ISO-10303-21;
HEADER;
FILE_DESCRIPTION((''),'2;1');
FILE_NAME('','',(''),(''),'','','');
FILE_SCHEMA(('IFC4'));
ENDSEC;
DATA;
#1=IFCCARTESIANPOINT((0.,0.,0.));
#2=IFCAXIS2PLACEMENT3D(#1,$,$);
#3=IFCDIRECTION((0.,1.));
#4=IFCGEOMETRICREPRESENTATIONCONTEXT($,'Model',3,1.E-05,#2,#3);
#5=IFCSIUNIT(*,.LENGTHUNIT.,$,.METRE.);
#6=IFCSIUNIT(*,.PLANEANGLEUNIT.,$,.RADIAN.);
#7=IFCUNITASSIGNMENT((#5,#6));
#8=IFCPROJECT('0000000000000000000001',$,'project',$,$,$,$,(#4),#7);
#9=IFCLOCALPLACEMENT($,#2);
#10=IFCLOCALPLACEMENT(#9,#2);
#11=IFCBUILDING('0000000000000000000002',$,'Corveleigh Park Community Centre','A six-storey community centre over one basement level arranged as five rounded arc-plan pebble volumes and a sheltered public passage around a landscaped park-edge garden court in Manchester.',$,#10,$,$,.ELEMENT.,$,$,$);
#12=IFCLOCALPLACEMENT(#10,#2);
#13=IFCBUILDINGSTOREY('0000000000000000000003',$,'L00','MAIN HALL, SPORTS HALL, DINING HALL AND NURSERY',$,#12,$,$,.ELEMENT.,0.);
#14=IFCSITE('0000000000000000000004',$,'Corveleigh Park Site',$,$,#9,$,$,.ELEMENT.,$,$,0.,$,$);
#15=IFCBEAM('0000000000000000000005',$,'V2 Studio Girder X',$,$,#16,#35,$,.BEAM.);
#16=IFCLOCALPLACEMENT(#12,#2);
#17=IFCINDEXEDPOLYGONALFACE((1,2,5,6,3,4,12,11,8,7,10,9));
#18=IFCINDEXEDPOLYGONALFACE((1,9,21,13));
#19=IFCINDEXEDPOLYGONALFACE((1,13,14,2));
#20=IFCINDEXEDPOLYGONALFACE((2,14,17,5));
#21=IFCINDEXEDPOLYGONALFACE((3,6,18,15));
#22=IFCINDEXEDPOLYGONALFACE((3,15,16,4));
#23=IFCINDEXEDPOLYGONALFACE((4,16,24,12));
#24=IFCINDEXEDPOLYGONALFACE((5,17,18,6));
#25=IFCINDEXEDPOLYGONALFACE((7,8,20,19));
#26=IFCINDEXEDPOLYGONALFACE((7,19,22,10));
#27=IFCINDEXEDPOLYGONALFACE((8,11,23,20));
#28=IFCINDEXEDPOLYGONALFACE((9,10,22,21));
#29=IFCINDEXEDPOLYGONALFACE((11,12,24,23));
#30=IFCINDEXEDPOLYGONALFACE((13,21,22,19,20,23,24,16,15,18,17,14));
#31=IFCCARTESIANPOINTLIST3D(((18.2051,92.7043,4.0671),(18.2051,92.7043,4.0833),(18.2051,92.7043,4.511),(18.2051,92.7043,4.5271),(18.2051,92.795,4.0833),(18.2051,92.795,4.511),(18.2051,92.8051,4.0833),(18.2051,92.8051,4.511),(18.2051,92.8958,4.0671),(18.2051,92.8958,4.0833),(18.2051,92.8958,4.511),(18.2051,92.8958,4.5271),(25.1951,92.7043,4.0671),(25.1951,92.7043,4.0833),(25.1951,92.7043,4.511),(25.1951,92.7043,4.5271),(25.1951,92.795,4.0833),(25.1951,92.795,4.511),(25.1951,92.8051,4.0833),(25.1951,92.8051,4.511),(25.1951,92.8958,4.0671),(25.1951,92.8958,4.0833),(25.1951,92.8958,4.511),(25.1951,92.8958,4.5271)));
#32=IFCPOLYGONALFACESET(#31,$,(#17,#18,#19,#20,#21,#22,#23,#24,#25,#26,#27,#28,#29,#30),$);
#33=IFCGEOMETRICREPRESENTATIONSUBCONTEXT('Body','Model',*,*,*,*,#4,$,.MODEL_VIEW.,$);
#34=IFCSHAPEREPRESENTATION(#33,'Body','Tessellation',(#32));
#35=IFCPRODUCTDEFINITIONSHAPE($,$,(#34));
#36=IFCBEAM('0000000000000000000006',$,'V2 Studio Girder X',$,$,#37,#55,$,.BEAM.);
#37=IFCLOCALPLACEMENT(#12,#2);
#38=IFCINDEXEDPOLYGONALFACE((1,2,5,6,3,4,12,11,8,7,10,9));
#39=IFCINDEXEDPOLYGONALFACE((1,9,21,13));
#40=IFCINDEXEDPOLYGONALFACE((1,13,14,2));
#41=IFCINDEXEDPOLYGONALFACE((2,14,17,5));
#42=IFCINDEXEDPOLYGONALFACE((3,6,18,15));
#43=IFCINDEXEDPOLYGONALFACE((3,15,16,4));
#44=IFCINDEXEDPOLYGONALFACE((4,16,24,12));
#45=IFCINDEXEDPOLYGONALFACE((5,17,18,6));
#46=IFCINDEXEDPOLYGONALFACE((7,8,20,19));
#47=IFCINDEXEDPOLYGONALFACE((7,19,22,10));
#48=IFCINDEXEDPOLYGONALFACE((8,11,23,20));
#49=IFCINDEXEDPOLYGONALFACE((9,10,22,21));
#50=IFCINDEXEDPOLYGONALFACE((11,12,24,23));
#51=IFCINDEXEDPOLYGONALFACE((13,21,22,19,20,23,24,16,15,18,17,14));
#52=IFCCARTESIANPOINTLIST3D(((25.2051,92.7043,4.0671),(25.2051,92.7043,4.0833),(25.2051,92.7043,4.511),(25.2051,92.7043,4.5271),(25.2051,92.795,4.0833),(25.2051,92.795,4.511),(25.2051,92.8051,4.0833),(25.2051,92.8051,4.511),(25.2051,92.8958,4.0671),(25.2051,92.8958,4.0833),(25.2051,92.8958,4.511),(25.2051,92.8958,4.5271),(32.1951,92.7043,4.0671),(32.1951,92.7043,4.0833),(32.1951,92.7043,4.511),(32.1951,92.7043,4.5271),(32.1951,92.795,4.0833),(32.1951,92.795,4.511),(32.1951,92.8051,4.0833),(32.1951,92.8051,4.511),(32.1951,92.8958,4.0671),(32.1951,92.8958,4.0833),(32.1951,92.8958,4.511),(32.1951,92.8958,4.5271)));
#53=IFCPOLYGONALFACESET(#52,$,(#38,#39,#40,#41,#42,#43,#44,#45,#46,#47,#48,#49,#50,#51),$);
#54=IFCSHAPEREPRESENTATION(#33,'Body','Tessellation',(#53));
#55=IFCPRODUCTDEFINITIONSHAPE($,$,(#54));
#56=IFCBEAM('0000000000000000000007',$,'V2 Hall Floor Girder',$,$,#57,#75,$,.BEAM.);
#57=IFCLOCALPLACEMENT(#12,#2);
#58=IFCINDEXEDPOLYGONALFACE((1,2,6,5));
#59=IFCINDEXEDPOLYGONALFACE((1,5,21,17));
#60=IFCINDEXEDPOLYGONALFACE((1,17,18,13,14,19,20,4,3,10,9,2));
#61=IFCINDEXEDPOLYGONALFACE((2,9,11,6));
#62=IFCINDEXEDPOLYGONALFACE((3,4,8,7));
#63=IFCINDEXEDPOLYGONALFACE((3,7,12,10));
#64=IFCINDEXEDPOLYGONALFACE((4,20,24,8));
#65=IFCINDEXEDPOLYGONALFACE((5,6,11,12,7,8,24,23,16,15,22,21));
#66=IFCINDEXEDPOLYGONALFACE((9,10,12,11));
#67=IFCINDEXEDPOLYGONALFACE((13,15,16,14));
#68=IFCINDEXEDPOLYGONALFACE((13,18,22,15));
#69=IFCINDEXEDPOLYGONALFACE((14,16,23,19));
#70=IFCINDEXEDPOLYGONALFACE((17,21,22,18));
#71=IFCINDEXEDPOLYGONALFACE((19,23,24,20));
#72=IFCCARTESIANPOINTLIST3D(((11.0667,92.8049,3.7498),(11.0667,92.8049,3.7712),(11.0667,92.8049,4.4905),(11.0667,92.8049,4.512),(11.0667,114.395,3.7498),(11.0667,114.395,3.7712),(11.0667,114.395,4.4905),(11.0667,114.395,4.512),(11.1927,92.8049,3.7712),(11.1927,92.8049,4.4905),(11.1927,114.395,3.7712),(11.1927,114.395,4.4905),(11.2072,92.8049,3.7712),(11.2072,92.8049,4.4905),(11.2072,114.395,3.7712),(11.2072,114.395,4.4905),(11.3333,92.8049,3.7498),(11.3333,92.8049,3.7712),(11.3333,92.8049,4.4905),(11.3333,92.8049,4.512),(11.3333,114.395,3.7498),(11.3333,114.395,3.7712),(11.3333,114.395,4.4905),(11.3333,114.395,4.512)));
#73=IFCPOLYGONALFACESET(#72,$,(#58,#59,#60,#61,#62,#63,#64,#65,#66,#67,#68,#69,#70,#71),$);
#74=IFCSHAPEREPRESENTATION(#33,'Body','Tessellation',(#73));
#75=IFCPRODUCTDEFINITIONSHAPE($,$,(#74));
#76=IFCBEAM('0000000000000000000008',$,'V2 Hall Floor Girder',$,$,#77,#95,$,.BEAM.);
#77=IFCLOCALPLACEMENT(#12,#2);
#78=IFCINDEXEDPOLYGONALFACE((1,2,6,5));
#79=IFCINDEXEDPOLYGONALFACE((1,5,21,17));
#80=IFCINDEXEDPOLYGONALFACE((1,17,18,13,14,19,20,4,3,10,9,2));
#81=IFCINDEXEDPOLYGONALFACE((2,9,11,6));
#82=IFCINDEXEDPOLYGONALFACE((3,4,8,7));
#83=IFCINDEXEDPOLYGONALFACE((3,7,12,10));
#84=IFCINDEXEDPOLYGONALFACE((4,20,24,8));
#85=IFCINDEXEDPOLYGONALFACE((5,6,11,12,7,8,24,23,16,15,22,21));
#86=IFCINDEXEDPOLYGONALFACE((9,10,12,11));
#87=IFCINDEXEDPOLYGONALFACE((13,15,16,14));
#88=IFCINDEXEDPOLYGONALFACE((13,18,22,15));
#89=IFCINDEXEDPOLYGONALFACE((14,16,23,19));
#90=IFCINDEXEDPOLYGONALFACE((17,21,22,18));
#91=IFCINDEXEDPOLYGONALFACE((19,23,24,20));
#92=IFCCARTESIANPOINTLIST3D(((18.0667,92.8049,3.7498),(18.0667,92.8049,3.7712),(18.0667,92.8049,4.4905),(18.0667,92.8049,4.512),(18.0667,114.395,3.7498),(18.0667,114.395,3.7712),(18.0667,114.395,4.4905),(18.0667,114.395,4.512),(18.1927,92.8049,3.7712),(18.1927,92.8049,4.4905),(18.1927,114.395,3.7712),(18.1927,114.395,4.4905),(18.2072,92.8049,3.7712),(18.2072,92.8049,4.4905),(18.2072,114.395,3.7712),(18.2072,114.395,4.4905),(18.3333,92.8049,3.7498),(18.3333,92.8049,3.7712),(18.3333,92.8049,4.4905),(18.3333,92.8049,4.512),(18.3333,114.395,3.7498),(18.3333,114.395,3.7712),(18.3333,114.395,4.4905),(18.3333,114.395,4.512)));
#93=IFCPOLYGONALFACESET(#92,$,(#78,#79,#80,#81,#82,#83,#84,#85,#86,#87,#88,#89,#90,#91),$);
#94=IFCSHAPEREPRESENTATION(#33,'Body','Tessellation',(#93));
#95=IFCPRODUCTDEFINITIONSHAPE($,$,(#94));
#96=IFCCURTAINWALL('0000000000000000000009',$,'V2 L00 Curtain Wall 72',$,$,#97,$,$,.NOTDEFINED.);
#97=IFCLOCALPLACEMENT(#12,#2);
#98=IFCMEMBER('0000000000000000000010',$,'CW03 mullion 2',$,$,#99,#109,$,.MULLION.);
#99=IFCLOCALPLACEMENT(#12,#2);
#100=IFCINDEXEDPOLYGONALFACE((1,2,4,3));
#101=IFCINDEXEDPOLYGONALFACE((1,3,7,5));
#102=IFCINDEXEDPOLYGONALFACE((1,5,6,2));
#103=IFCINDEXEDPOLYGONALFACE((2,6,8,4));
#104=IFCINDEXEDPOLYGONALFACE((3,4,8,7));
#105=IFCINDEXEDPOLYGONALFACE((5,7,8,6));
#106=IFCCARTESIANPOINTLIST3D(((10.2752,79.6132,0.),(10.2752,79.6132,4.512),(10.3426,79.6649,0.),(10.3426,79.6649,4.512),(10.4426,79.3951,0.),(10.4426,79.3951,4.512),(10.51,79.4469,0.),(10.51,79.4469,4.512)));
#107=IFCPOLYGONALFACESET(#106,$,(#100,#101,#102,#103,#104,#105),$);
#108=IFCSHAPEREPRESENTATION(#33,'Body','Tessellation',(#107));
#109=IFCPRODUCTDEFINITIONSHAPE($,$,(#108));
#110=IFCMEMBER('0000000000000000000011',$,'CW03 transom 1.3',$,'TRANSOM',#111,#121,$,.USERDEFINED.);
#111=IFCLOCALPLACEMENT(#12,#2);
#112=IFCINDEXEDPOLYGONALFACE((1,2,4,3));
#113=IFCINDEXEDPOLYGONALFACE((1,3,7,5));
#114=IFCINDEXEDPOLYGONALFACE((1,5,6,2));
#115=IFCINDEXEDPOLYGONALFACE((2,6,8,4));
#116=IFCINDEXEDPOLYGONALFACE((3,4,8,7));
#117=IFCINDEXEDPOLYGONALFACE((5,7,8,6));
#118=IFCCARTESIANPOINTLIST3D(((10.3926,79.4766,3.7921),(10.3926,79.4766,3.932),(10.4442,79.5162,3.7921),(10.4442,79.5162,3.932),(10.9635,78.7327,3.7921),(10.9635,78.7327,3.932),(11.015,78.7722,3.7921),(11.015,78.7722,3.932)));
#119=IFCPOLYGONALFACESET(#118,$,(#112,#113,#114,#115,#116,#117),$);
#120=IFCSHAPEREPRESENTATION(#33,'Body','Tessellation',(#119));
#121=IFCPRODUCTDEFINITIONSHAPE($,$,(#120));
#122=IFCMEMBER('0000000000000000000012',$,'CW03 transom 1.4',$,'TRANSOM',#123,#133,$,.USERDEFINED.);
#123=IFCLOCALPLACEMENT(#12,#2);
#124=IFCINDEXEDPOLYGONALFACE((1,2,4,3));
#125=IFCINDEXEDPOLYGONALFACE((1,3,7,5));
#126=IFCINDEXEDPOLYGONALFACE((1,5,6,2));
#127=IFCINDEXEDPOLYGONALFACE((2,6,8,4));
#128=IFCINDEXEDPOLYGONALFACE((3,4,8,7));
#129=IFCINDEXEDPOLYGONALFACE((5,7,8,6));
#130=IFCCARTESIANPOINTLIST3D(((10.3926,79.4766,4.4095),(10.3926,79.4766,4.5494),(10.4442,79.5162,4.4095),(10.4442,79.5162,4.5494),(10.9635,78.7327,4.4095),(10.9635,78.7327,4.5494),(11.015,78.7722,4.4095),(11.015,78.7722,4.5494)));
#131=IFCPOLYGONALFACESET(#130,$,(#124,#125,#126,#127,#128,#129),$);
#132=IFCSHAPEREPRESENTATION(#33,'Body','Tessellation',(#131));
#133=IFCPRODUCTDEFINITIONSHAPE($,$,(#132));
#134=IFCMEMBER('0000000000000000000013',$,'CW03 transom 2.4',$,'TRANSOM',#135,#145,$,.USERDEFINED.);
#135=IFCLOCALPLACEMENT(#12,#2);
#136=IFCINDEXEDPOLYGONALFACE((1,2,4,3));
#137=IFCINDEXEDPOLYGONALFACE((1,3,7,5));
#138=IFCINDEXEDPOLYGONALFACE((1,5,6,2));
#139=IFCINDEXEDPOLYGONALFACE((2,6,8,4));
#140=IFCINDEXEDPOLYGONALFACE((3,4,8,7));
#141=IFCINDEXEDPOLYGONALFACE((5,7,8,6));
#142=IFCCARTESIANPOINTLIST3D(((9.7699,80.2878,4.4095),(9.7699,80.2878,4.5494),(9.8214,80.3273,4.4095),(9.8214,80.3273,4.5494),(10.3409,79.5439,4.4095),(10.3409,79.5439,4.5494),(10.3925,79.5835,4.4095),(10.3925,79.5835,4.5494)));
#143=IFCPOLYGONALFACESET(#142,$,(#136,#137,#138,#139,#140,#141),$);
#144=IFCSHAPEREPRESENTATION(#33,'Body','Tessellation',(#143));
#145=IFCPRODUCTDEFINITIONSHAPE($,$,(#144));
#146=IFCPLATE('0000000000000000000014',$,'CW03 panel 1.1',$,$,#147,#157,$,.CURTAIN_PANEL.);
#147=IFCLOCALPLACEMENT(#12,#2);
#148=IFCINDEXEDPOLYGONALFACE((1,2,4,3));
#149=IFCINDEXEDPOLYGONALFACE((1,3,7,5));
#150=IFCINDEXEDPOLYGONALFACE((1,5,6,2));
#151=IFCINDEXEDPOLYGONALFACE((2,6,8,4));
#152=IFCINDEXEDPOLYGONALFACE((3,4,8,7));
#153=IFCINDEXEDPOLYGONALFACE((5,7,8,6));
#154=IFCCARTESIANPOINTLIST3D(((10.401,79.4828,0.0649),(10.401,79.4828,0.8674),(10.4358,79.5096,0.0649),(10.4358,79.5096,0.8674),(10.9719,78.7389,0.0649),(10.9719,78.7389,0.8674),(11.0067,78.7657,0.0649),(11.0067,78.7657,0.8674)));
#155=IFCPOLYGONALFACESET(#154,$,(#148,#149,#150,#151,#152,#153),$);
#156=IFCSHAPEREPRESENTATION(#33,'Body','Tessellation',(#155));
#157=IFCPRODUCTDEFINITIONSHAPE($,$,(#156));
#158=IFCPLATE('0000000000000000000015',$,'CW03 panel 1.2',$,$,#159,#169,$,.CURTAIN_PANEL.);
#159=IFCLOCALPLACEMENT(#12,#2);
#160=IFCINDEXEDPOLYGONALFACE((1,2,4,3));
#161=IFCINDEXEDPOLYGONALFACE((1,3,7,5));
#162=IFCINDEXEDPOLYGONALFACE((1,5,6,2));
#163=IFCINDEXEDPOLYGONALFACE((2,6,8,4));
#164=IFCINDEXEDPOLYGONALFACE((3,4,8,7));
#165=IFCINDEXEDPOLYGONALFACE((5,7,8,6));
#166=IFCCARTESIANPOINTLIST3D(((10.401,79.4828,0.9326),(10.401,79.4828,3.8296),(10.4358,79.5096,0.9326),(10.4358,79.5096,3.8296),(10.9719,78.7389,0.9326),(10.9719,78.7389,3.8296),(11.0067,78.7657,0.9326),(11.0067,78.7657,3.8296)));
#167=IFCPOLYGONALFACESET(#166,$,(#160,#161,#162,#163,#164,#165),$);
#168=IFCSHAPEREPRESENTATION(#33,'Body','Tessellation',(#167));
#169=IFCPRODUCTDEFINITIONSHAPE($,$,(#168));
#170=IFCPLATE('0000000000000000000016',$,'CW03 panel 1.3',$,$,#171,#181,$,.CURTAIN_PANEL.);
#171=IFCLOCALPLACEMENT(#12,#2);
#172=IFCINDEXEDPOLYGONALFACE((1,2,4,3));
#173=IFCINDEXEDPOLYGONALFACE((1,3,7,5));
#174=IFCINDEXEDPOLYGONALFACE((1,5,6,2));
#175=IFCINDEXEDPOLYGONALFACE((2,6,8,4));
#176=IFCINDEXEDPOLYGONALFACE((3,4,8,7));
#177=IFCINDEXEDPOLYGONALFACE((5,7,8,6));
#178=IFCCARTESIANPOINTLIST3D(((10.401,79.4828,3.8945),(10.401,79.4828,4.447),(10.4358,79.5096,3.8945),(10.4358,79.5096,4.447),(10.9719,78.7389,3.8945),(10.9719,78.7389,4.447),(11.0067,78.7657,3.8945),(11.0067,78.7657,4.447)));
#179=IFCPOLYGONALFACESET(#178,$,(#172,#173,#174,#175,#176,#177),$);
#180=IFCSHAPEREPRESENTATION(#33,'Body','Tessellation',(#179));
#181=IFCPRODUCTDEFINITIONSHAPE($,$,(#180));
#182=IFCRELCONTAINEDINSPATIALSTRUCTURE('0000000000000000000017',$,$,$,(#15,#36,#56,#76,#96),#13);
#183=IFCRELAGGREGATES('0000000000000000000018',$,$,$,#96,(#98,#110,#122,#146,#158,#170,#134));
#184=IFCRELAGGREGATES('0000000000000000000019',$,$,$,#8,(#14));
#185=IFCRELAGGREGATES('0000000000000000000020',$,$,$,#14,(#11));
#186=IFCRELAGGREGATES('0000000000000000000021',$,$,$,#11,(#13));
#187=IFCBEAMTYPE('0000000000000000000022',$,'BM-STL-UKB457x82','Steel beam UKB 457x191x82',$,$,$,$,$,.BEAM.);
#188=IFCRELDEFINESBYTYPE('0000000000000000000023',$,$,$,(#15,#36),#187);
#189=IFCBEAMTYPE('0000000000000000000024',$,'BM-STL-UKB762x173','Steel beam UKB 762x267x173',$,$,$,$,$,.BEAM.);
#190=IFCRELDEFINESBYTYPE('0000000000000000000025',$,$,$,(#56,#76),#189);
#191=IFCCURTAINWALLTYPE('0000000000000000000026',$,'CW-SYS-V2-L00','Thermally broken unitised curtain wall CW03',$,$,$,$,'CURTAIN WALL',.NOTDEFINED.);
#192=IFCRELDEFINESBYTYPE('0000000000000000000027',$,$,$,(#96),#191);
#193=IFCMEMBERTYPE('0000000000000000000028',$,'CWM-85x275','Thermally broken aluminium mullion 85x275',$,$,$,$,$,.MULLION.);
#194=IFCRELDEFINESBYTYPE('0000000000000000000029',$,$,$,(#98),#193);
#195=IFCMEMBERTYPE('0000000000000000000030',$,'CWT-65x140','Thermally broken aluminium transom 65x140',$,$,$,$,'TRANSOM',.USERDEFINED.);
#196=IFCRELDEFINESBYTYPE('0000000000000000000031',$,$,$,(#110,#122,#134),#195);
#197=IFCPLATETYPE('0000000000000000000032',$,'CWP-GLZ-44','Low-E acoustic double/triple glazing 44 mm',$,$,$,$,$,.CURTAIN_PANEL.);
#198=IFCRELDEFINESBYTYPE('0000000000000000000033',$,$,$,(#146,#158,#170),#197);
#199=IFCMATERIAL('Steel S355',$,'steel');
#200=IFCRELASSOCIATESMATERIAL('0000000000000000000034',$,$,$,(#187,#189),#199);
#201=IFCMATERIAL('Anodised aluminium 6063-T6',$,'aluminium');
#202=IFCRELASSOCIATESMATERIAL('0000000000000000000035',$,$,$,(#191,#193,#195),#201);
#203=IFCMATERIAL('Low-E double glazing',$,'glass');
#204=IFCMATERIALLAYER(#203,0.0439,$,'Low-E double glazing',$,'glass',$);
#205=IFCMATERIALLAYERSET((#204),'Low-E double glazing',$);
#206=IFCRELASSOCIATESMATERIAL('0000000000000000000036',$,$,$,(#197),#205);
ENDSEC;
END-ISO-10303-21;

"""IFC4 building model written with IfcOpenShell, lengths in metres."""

from ifc_helpers import new_model, si_unit, direction, frame, origin, origin_2d, place, context, subcontext, project, spatial, rectangle, i_section, extrude, material, layer, layer_set, material_profile, profile_set, type_object, element, aggregate, save


model = new_model("IFC4")

# Units and contexts
model_context = context("Model", 3, precision=1e-05, world=origin(), true_north=direction((0.0, 1.0)))
body_context = subcontext(model_context, "Body", "Model", "MODEL_VIEW")
ifc_project = project(units=[si_unit("LENGTHUNIT", "METRE"), si_unit("PLANEANGLEUNIT", "RADIAN")], contexts=[model_context])

# Site, building, storey
site_placement = place(None, origin())
site = spatial("IfcSite", under=ifc_project, at=site_placement, Name="Corveleigh Park Site", CompositionType="ELEMENT", RefElevation=0.0)
building_placement = place(site_placement, origin())
building = spatial("IfcBuilding", under=site, at=building_placement, Name="Corveleigh Park Community Centre", Description="A six-storey community centre over one basement level arranged as five rounded arc-plan pebble volumes and a sheltered public passage around a landscaped park-edge garden court in Manchester.", CompositionType="ELEMENT")
storey_placement = place(building_placement, origin())
storey = spatial("IfcBuildingStorey", under=building, at=storey_placement, Name="L00", Description="MAIN HALL, SPORTS HALL, DINING HALL AND NURSERY", CompositionType="ELEMENT", Elevation=0.0)

# Shared definitions
ifc_material_1 = material(Name="Steel S355", Category="steel")

# Beams
ifc_material_profile_1 = material_profile(ifc_material_1, i_section(OverallWidth=0.1914, OverallDepth=0.46, WebThickness=0.01, FlangeThickness=0.0161, at=origin_2d()), Name="UKB 457x191x82", Category="steel")
ifc_profile_set_1 = profile_set([ifc_material_profile_1], Name="Steel S355")
beam_type_1 = type_object("IfcBeamType", Name="BM-STL-UKB457x82", Description="Steel beam UKB 457x191x82", PredefinedType="BEAM", material=ifc_profile_set_1)
for number, where, z_axis, x_axis, name in (
    (1, (18.2051, 92.8, 4.2971), (1.0, 0.0, 0.0), (0.0, 1.0, 0.0), "V2 Studio Girder X"),
    (2, (25.2051, 92.8, 4.2971), (1.0, 0.0, 0.0), (0.0, 1.0, 0.0), "V2 Studio Girder X"),
):
    element("IfcBeam", number, at=place(storey_placement, frame(where, z_axis=z_axis, x_axis=x_axis)), inside=storey, type_object=beam_type_1, Name=name, PredefinedType="BEAM", context=body_context, shape_type="SweptSolid", body=[
        extrude(i_section(OverallWidth=0.1914, OverallDepth=0.46, WebThickness=0.01, FlangeThickness=0.0161, at=origin_2d()), origin(), (0.0, 0.0, 1.0), 6.99),
    ])
ifc_material_profile_2 = material_profile(ifc_material_1, i_section(OverallWidth=0.2666, OverallDepth=0.7622, WebThickness=0.0144, FlangeThickness=0.0215, at=origin_2d()), Name="UKB 762x267x173", Category="steel")
ifc_profile_set_2 = profile_set([ifc_material_profile_2], Name="Steel S355")
beam_type_2 = type_object("IfcBeamType", Name="BM-STL-UKB762x173", Description="Steel beam UKB 762x267x173", PredefinedType="BEAM", material=ifc_profile_set_2)
for number, where, z_axis, x_axis, name in (
    (3, (11.2, 92.8049, 4.1309), (0.0, 1.0, 0.0), (-1.0, 0.0, 0.0), "V2 Hall Floor Girder"),
    (4, (18.2, 92.8049, 4.1309), (0.0, 1.0, 0.0), (-1.0, 0.0, 0.0), "V2 Hall Floor Girder"),
):
    element("IfcBeam", number, at=place(storey_placement, frame(where, z_axis=z_axis, x_axis=x_axis)), inside=storey, type_object=beam_type_2, Name=name, PredefinedType="BEAM", context=body_context, shape_type="SweptSolid", body=[
        extrude(i_section(OverallWidth=0.2666, OverallDepth=0.7622, WebThickness=0.0144, FlangeThickness=0.0215, at=origin_2d()), origin(), (0.0, 0.0, 1.0), 21.5901),
    ])

# Curtain wall, members, plates
ifc_material_2 = material(Name="Anodised aluminium 6063-T6", Category="aluminium")
curtain_wall_type = type_object("IfcCurtainWallType", Name="CW-SYS-V2-L00", Description="Thermally broken unitised curtain wall CW03", ElementType="CURTAIN WALL", PredefinedType="NOTDEFINED", material=ifc_material_2)
curtain_wall_placement = place(storey_placement, origin())
curtain_wall = element("IfcCurtainWall", 5, at=curtain_wall_placement, inside=storey, type_object=curtain_wall_type, Name="V2 L00 Curtain Wall 72", PredefinedType="NOTDEFINED")
ifc_material_profile_3 = material_profile(ifc_material_2, rectangle(XDim=0.085, YDim=0.2749, at=origin_2d()), Name="ALU-M85x275", Category="aluminium")
ifc_profile_set_3 = profile_set([ifc_material_profile_3], Name="Anodised aluminium 6063-T6")
member_type_1 = type_object("IfcMemberType", Name="CWM-85x275", Description="Thermally broken aluminium mullion 85x275", PredefinedType="MULLION", material=ifc_profile_set_3)
member_1_placement = place(storey_placement, frame((10.3926, 79.53, 0.0), z_axis=(0.0, 0.0, 1.0), x_axis=(-0.793304, -0.608826, 0.0)))
member_1 = element("IfcMember", 6, at=member_1_placement, type_object=member_type_1, Name="CW03 mullion 2", PredefinedType="MULLION", context=body_context, shape_type="SweptSolid", body=[
    extrude(rectangle(XDim=0.085, YDim=0.2749, at=origin_2d()), origin(), (0.0, 0.0, 1.0), 4.512),
])
ifc_material_profile_4 = material_profile(ifc_material_2, rectangle(XDim=0.0649, YDim=0.1399, at=origin_2d()), Name="ALU-T65x140", Category="aluminium")
ifc_profile_set_4 = profile_set([ifc_material_profile_4], Name="Anodised aluminium 6063-T6")
member_type_2 = type_object("IfcMemberType", Name="CWT-65x140", Description="Thermally broken aluminium transom 65x140", ElementType="TRANSOM", PredefinedType="USERDEFINED", material=ifc_profile_set_4)
member_2_placement = place(storey_placement, frame((10.9893, 78.7524, 3.8621), z_axis=(-0.608754, 0.793359, 0.0), x_axis=(-0.793359, -0.608754, 0.0)))
member_2 = element("IfcMember", 7, at=member_2_placement, type_object=member_type_2, Name="CW03 transom 1.3", ObjectType="TRANSOM", PredefinedType="USERDEFINED", context=body_context, shape_type="SweptSolid", body=[
    extrude(rectangle(XDim=0.0649, YDim=0.1399, at=origin_2d()), origin(), (0.0, 0.0, 1.0), 0.9377),
])
member_3_placement = place(storey_placement, frame((10.9893, 78.7524, 4.4795), z_axis=(-0.608754, 0.793359, 0.0), x_axis=(-0.793359, -0.608754, 0.0)))
member_3 = element("IfcMember", 8, at=member_3_placement, type_object=member_type_2, Name="CW03 transom 1.4", ObjectType="TRANSOM", PredefinedType="USERDEFINED", context=body_context, shape_type="SweptSolid", body=[
    extrude(rectangle(XDim=0.0649, YDim=0.1399, at=origin_2d()), origin(), (0.0, 0.0, 1.0), 0.9377),
])
member_4_placement = place(storey_placement, frame((10.3667, 79.5637, 4.4795), z_axis=(-0.608918, 0.793233, 0.0), x_axis=(-0.793233, -0.608918, 0.0)))
member_4 = element("IfcMember", 9, at=member_4_placement, type_object=member_type_2, Name="CW03 transom 2.4", ObjectType="TRANSOM", PredefinedType="USERDEFINED", context=body_context, shape_type="SweptSolid", body=[
    extrude(rectangle(XDim=0.0649, YDim=0.1399, at=origin_2d()), origin(), (0.0, 0.0, 1.0), 0.9377),
])
ifc_material_3 = material(Name="Low-E double glazing", Category="glass")
ifc_layer_1 = layer(ifc_material_3, 0.0439, Name="Low-E double glazing", Category="glass")
ifc_layer_set_1 = layer_set([ifc_layer_1], Name="Low-E double glazing")
plate_type = type_object("IfcPlateType", Name="CWP-GLZ-44", Description="Low-E acoustic double/triple glazing 44 mm", PredefinedType="CURTAIN_PANEL", material=ifc_layer_set_1)
plate_1_placement = place(storey_placement, frame((10.7039, 79.1243, 0.0649), z_axis=(0.0, 0.0, 1.0), x_axis=(-0.608826, 0.793304, 0.0)))
plate_1 = element("IfcPlate", 10, at=plate_1_placement, type_object=plate_type, Name="CW03 panel 1.1", PredefinedType="CURTAIN_PANEL", context=body_context, shape_type="SweptSolid", body=[
    extrude(rectangle(XDim=0.9377, YDim=0.0439, at=origin_2d()), origin(), (0.0, 0.0, 1.0), 0.8025),
])
plate_2_placement = place(storey_placement, frame((10.7039, 79.1243, 0.9326), z_axis=(0.0, 0.0, 1.0), x_axis=(-0.608826, 0.793304, 0.0)))
plate_2 = element("IfcPlate", 11, at=plate_2_placement, type_object=plate_type, Name="CW03 panel 1.2", PredefinedType="CURTAIN_PANEL", context=body_context, shape_type="SweptSolid", body=[
    extrude(rectangle(XDim=0.9377, YDim=0.0439, at=origin_2d()), origin(), (0.0, 0.0, 1.0), 2.897),
])
plate_3_placement = place(storey_placement, frame((10.7039, 79.1243, 3.8945), z_axis=(0.0, 0.0, 1.0), x_axis=(-0.608826, 0.793304, 0.0)))
plate_3 = element("IfcPlate", 12, at=plate_3_placement, type_object=plate_type, Name="CW03 panel 1.3", PredefinedType="CURTAIN_PANEL", context=body_context, shape_type="SweptSolid", body=[
    extrude(rectangle(XDim=0.9377, YDim=0.0439, at=origin_2d()), origin(), (0.0, 0.0, 1.0), 0.5525),
])
aggregate(curtain_wall, [member_1, member_2, member_3, plate_1, plate_2, plate_3, member_4])

save(model, "model.ifc")
